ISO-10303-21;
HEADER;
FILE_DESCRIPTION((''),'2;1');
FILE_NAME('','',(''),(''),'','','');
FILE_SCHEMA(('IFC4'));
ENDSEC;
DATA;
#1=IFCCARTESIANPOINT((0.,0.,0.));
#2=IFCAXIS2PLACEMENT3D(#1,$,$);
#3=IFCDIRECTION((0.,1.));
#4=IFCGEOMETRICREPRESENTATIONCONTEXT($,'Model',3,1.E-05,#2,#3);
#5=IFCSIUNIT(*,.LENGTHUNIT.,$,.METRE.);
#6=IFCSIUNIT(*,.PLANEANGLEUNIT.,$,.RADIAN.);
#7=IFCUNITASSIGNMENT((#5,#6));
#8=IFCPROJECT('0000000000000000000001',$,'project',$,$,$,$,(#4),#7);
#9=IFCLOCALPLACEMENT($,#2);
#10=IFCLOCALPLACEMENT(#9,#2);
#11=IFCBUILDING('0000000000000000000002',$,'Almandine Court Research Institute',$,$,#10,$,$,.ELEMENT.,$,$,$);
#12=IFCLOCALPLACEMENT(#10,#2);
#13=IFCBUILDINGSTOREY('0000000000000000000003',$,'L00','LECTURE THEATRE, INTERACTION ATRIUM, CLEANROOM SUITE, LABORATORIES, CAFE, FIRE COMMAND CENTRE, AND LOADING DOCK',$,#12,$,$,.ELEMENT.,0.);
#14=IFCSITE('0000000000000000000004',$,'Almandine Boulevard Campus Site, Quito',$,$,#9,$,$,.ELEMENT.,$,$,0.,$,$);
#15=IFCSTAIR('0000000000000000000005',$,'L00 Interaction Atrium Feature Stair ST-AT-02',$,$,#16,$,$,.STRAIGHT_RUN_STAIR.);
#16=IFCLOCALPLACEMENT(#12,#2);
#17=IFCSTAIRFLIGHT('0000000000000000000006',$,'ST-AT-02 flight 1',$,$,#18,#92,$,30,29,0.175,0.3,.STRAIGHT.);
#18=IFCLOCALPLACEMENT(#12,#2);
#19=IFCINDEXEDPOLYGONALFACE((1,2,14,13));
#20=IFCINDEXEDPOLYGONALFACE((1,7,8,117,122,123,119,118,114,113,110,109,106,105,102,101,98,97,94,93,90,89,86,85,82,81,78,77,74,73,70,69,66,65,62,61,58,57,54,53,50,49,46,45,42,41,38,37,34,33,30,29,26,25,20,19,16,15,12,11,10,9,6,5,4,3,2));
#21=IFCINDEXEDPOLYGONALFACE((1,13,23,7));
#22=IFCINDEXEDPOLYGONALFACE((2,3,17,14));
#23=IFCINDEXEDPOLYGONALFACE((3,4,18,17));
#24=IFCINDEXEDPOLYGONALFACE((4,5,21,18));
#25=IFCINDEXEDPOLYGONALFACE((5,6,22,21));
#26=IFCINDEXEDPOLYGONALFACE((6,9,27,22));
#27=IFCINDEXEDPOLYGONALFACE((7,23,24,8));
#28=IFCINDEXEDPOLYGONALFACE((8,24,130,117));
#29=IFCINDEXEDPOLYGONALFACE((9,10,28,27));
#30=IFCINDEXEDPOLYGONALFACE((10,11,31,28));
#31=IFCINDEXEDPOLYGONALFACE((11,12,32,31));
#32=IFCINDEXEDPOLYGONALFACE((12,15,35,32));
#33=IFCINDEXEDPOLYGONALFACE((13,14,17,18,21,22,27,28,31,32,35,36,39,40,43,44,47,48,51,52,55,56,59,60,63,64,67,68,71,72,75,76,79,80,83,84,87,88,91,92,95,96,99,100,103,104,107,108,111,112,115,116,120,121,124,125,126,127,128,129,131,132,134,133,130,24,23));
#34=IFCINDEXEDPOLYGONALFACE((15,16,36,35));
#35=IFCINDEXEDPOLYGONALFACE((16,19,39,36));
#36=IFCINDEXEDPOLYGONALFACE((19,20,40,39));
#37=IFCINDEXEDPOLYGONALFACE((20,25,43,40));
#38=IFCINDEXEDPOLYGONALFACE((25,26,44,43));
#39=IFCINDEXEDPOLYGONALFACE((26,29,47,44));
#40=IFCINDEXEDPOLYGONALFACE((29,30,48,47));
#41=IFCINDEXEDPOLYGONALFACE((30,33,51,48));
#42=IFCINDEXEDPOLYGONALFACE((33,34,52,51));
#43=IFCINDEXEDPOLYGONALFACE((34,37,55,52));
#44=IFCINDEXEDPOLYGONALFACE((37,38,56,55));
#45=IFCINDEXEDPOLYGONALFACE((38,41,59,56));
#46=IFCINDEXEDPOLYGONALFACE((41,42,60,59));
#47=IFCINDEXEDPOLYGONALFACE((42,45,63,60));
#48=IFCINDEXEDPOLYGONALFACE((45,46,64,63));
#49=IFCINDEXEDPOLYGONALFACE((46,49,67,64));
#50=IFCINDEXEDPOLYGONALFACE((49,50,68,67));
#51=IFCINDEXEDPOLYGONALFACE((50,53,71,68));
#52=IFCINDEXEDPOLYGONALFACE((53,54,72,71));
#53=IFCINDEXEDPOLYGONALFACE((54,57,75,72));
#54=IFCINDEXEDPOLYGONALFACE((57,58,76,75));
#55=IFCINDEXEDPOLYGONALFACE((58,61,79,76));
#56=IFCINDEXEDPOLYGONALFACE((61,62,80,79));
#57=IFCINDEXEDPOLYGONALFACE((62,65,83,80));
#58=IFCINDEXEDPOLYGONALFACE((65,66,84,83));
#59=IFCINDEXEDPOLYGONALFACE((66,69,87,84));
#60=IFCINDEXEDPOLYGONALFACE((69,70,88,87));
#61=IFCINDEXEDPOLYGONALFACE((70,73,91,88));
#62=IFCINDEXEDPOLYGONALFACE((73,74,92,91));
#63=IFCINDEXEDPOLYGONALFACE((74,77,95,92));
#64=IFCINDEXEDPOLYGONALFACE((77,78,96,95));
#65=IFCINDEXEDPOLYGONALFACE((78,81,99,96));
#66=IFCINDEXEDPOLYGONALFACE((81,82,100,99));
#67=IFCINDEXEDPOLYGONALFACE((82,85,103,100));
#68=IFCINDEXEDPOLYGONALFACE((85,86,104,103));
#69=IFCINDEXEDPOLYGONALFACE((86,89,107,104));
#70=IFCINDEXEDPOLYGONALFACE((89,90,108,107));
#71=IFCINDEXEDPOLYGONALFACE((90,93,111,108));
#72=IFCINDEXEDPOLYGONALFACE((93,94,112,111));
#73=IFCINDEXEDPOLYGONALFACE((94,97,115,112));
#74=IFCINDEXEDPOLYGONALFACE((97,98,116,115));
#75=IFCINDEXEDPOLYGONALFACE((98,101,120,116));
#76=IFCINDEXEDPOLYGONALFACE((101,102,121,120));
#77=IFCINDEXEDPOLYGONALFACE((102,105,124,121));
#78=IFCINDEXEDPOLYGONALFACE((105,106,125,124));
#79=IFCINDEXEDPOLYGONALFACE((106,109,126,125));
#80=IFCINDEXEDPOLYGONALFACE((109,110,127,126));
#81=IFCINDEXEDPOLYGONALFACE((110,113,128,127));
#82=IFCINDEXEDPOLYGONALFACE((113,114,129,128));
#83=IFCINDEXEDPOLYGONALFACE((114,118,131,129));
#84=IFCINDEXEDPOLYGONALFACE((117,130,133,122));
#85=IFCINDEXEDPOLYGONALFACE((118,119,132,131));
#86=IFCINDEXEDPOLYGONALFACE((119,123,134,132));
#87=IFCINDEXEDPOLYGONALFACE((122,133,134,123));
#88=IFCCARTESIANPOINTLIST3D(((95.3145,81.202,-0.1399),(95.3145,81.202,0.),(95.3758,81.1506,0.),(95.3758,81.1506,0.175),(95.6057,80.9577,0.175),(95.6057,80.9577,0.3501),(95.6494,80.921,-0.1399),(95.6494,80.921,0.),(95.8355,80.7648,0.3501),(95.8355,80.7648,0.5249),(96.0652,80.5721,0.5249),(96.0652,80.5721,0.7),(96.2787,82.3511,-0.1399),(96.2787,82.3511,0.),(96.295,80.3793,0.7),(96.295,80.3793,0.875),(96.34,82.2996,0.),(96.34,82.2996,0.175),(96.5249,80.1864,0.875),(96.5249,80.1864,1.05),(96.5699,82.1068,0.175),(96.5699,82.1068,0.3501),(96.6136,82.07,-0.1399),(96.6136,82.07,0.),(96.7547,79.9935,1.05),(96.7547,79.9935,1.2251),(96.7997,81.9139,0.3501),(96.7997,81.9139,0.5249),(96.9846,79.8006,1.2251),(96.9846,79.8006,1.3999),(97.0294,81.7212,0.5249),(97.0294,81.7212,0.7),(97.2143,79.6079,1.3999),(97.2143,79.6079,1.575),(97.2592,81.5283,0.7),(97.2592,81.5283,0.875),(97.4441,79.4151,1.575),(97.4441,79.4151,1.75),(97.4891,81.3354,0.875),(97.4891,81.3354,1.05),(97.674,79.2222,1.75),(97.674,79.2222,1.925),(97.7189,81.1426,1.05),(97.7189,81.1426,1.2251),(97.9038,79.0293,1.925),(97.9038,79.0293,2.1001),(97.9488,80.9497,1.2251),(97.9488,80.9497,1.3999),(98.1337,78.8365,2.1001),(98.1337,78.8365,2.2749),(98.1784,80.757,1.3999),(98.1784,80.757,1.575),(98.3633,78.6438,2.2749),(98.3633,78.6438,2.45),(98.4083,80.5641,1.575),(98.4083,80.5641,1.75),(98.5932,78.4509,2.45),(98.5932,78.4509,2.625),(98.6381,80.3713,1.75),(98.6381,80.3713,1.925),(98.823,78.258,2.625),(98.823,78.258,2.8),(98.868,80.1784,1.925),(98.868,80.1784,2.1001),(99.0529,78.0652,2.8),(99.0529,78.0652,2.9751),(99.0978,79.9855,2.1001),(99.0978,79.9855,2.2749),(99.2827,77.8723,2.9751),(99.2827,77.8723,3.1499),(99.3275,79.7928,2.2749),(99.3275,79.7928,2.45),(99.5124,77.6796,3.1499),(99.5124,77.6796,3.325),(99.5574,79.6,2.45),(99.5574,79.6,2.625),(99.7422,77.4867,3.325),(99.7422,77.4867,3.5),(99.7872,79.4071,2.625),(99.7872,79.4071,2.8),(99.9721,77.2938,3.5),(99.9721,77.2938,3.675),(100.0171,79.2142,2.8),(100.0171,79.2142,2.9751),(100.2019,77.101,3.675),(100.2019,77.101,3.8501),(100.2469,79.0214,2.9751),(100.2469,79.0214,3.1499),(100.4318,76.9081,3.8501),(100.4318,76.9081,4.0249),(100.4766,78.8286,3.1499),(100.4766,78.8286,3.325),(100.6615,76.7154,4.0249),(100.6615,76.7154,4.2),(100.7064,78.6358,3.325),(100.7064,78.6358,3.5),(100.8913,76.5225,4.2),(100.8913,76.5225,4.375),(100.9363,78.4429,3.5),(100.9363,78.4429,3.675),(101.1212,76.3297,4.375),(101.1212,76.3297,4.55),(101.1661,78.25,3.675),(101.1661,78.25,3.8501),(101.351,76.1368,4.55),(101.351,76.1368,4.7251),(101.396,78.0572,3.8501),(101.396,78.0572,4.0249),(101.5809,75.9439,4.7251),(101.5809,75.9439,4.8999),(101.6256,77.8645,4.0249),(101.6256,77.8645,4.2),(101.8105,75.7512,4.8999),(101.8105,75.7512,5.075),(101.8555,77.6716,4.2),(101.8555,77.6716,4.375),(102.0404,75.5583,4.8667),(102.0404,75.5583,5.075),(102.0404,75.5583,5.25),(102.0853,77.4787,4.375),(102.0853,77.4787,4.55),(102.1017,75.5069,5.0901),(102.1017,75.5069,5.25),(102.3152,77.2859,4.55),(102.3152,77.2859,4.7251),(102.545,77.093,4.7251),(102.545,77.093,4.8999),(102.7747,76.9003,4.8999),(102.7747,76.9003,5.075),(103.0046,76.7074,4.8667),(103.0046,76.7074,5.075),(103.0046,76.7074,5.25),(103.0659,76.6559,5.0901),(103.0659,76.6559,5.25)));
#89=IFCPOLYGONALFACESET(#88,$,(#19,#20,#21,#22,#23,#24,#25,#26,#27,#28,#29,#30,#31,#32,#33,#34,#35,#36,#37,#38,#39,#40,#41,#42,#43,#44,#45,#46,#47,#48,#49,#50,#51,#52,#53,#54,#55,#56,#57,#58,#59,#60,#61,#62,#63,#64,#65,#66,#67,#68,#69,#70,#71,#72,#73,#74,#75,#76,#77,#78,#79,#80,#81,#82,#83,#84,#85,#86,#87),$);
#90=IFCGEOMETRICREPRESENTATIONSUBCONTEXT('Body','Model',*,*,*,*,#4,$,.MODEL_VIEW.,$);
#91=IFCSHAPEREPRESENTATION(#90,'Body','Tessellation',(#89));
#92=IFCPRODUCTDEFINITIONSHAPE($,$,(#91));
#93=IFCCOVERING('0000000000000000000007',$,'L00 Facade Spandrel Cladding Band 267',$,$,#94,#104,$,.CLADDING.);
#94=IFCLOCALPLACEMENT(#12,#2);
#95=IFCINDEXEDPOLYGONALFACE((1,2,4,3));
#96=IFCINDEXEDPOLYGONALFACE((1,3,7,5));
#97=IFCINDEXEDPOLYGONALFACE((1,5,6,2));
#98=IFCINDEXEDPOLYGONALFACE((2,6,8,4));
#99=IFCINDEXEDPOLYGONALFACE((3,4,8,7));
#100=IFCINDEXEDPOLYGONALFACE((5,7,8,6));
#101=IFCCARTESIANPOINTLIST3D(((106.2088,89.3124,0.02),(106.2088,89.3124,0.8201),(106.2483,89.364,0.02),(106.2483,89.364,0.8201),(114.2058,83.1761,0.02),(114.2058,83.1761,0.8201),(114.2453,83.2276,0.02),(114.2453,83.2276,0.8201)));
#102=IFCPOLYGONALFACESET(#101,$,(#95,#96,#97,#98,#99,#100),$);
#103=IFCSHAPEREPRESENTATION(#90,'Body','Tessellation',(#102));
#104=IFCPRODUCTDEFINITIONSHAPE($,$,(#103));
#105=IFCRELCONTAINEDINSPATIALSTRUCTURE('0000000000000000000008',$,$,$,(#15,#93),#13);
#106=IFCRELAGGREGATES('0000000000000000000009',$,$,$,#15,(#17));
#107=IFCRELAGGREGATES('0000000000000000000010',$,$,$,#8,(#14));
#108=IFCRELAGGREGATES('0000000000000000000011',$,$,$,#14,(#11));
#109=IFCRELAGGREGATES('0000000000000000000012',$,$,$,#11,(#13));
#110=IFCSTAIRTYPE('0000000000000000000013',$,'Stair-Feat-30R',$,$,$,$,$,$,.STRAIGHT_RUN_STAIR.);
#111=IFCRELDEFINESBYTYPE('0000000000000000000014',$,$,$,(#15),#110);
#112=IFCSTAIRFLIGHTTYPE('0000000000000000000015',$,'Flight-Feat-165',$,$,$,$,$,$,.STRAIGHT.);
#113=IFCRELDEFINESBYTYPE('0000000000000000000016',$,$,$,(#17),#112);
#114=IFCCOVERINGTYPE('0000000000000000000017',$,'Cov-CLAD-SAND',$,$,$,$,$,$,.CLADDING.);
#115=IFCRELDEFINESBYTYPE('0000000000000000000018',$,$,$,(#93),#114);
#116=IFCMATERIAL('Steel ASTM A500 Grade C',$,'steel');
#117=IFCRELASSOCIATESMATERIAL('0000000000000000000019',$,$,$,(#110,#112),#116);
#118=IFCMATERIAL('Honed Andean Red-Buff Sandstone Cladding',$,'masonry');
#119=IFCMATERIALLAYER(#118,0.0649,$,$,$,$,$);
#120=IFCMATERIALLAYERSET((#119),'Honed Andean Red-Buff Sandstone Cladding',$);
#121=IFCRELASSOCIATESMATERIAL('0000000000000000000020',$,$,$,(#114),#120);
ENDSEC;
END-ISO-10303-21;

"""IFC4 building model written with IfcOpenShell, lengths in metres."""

from ifc_helpers import new_model, si_unit, direction, frame, origin, origin_2d, place, context, subcontext, project, spatial, polyline, rectangle, outline, extrude, material, layer, layer_set, type_object, element, aggregate, save


model = new_model("IFC4")

# Units and contexts
model_context = context("Model", 3, precision=1e-05, world=origin(), true_north=direction((0.0, 1.0)))
body_context = subcontext(model_context, "Body", "Model", "MODEL_VIEW")
ifc_project = project(units=[si_unit("LENGTHUNIT", "METRE"), si_unit("PLANEANGLEUNIT", "RADIAN")], contexts=[model_context])

# Site, building, storey
site_placement = place(None, origin())
site = spatial("IfcSite", under=ifc_project, at=site_placement, Name="Almandine Boulevard Campus Site, Quito", CompositionType="ELEMENT", RefElevation=0.0)
building_placement = place(site_placement, origin())
building = spatial("IfcBuilding", under=site, at=building_placement, Name="Almandine Court Research Institute", CompositionType="ELEMENT")
storey_placement = place(building_placement, origin())
storey = spatial("IfcBuildingStorey", under=building, at=storey_placement, Name="L00", Description="LECTURE THEATRE, INTERACTION ATRIUM, CLEANROOM SUITE, LABORATORIES, CAFE, FIRE COMMAND CENTRE, AND LOADING DOCK", CompositionType="ELEMENT", Elevation=0.0)

# Stair, stair flight
ifc_material_1 = material(Name="Steel ASTM A500 Grade C", Category="steel")
stair_type = type_object("IfcStairType", Name="Stair-Feat-30R", PredefinedType="STRAIGHT_RUN_STAIR", material=ifc_material_1)
stair_placement = place(storey_placement, origin())
stair = element("IfcStair", 1, at=stair_placement, inside=storey, type_object=stair_type, Name="L00 Interaction Atrium Feature Stair ST-AT-02", PredefinedType="STRAIGHT_RUN_STAIR")
stair_flight_type = type_object("IfcStairFlightType", Name="Flight-Feat-165", PredefinedType="STRAIGHT", material=ifc_material_1)
stair_flight_placement = place(storey_placement, frame((95.8579, 81.7251, 0.0), z_axis=(0.0, 0.0, 1.0), x_axis=(0.766044, -0.642788, 0.0)))
stair_flight = element("IfcStairFlight", 2, at=stair_flight_placement, type_object=stair_flight_type, Name="ST-AT-02 flight 1", NumberOfRisers=30, NumberOfTreads=29, PredefinedType="STRAIGHT", RiserHeight=0.175, TreadLength=0.3, context=body_context, shape_type="SweptSolid", body=[
    extrude(outline(polyline([(-0.0801, -0.1399), (-0.0801, 0.0), (0.0, 0.0), (0.0, 0.175), (0.3, 0.175), (0.3, 0.3501), (0.6001, 0.3501), (0.6001, 0.5249), (0.8999, 0.5249), (0.8999, 0.7), (1.2, 0.7), (1.2, 0.875), (1.5, 0.875), (1.5, 1.05), (1.8, 1.05), (1.8, 1.2251), (2.1001, 1.2251), (2.1001, 1.3999), (2.3999, 1.3999), (2.3999, 1.575), (2.7, 1.575), (2.7, 1.75), (3.0, 1.75), (3.0, 1.925), (3.3, 1.925), (3.3, 2.1001), (3.6001, 2.1001), (3.6001, 2.2749), (3.8999, 2.2749), (3.8999, 2.45), (4.2, 2.45), (4.2, 2.625), (4.5, 2.625), (4.5, 2.8), (4.8, 2.8), (4.8, 2.9751), (5.1001, 2.9751), (5.1001, 3.1499), (5.3999, 3.1499), (5.3999, 3.325), (5.7, 3.325), (5.7, 3.5), (6.0, 3.5), (6.0, 3.675), (6.3, 3.675), (6.3, 3.8501), (6.6001, 3.8501), (6.6001, 4.0249), (6.8999, 4.0249), (6.8999, 4.2), (7.2, 4.2), (7.2, 4.375), (7.5, 4.375), (7.5, 4.55), (7.8, 4.55), (7.8, 4.7251), (8.1001, 4.7251), (8.1001, 4.8999), (8.3999, 4.8999), (8.3999, 5.075), (8.7, 5.075), (8.7, 5.25), (8.78, 5.25), (8.78, 5.0901), (8.7, 4.8667), (0.3572, 0.0), (0.3572, -0.1399), (-0.0801, -0.1399)])), frame((0.0, 0.75, 0.0), z_axis=(0.0, -1.0, 0.0), x_axis=(1.0, 0.0, 0.0)), (0.0, 0.0, 1.0), 1.5),
])
aggregate(stair, [stair_flight])

# Covering
ifc_material_2 = material(Name="Honed Andean Red-Buff Sandstone Cladding", Category="masonry")
ifc_layer_1 = layer(ifc_material_2, 0.0649)
ifc_layer_set_1 = layer_set([ifc_layer_1], Name="Honed Andean Red-Buff Sandstone Cladding")
covering_type = type_object("IfcCoveringType", Name="Cov-CLAD-SAND", PredefinedType="CLADDING", material=ifc_layer_set_1)
covering_placement = place(storey_placement, frame((110.2271, 86.27, 0.02), z_axis=(0.0, 0.0, 1.0), x_axis=(-0.793353, 0.608761, 0.0)))
element("IfcCovering", 3, at=covering_placement, inside=storey, type_object=covering_type, Name="L00 Facade Spandrel Cladding Band 267", PredefinedType="CLADDING", context=body_context, shape_type="SweptSolid", body=[
    extrude(rectangle(XDim=10.0801, YDim=0.0649, at=origin_2d()), origin(), (0.0, 0.0, 1.0), 0.8),
])

save(model, "model.ifc")
